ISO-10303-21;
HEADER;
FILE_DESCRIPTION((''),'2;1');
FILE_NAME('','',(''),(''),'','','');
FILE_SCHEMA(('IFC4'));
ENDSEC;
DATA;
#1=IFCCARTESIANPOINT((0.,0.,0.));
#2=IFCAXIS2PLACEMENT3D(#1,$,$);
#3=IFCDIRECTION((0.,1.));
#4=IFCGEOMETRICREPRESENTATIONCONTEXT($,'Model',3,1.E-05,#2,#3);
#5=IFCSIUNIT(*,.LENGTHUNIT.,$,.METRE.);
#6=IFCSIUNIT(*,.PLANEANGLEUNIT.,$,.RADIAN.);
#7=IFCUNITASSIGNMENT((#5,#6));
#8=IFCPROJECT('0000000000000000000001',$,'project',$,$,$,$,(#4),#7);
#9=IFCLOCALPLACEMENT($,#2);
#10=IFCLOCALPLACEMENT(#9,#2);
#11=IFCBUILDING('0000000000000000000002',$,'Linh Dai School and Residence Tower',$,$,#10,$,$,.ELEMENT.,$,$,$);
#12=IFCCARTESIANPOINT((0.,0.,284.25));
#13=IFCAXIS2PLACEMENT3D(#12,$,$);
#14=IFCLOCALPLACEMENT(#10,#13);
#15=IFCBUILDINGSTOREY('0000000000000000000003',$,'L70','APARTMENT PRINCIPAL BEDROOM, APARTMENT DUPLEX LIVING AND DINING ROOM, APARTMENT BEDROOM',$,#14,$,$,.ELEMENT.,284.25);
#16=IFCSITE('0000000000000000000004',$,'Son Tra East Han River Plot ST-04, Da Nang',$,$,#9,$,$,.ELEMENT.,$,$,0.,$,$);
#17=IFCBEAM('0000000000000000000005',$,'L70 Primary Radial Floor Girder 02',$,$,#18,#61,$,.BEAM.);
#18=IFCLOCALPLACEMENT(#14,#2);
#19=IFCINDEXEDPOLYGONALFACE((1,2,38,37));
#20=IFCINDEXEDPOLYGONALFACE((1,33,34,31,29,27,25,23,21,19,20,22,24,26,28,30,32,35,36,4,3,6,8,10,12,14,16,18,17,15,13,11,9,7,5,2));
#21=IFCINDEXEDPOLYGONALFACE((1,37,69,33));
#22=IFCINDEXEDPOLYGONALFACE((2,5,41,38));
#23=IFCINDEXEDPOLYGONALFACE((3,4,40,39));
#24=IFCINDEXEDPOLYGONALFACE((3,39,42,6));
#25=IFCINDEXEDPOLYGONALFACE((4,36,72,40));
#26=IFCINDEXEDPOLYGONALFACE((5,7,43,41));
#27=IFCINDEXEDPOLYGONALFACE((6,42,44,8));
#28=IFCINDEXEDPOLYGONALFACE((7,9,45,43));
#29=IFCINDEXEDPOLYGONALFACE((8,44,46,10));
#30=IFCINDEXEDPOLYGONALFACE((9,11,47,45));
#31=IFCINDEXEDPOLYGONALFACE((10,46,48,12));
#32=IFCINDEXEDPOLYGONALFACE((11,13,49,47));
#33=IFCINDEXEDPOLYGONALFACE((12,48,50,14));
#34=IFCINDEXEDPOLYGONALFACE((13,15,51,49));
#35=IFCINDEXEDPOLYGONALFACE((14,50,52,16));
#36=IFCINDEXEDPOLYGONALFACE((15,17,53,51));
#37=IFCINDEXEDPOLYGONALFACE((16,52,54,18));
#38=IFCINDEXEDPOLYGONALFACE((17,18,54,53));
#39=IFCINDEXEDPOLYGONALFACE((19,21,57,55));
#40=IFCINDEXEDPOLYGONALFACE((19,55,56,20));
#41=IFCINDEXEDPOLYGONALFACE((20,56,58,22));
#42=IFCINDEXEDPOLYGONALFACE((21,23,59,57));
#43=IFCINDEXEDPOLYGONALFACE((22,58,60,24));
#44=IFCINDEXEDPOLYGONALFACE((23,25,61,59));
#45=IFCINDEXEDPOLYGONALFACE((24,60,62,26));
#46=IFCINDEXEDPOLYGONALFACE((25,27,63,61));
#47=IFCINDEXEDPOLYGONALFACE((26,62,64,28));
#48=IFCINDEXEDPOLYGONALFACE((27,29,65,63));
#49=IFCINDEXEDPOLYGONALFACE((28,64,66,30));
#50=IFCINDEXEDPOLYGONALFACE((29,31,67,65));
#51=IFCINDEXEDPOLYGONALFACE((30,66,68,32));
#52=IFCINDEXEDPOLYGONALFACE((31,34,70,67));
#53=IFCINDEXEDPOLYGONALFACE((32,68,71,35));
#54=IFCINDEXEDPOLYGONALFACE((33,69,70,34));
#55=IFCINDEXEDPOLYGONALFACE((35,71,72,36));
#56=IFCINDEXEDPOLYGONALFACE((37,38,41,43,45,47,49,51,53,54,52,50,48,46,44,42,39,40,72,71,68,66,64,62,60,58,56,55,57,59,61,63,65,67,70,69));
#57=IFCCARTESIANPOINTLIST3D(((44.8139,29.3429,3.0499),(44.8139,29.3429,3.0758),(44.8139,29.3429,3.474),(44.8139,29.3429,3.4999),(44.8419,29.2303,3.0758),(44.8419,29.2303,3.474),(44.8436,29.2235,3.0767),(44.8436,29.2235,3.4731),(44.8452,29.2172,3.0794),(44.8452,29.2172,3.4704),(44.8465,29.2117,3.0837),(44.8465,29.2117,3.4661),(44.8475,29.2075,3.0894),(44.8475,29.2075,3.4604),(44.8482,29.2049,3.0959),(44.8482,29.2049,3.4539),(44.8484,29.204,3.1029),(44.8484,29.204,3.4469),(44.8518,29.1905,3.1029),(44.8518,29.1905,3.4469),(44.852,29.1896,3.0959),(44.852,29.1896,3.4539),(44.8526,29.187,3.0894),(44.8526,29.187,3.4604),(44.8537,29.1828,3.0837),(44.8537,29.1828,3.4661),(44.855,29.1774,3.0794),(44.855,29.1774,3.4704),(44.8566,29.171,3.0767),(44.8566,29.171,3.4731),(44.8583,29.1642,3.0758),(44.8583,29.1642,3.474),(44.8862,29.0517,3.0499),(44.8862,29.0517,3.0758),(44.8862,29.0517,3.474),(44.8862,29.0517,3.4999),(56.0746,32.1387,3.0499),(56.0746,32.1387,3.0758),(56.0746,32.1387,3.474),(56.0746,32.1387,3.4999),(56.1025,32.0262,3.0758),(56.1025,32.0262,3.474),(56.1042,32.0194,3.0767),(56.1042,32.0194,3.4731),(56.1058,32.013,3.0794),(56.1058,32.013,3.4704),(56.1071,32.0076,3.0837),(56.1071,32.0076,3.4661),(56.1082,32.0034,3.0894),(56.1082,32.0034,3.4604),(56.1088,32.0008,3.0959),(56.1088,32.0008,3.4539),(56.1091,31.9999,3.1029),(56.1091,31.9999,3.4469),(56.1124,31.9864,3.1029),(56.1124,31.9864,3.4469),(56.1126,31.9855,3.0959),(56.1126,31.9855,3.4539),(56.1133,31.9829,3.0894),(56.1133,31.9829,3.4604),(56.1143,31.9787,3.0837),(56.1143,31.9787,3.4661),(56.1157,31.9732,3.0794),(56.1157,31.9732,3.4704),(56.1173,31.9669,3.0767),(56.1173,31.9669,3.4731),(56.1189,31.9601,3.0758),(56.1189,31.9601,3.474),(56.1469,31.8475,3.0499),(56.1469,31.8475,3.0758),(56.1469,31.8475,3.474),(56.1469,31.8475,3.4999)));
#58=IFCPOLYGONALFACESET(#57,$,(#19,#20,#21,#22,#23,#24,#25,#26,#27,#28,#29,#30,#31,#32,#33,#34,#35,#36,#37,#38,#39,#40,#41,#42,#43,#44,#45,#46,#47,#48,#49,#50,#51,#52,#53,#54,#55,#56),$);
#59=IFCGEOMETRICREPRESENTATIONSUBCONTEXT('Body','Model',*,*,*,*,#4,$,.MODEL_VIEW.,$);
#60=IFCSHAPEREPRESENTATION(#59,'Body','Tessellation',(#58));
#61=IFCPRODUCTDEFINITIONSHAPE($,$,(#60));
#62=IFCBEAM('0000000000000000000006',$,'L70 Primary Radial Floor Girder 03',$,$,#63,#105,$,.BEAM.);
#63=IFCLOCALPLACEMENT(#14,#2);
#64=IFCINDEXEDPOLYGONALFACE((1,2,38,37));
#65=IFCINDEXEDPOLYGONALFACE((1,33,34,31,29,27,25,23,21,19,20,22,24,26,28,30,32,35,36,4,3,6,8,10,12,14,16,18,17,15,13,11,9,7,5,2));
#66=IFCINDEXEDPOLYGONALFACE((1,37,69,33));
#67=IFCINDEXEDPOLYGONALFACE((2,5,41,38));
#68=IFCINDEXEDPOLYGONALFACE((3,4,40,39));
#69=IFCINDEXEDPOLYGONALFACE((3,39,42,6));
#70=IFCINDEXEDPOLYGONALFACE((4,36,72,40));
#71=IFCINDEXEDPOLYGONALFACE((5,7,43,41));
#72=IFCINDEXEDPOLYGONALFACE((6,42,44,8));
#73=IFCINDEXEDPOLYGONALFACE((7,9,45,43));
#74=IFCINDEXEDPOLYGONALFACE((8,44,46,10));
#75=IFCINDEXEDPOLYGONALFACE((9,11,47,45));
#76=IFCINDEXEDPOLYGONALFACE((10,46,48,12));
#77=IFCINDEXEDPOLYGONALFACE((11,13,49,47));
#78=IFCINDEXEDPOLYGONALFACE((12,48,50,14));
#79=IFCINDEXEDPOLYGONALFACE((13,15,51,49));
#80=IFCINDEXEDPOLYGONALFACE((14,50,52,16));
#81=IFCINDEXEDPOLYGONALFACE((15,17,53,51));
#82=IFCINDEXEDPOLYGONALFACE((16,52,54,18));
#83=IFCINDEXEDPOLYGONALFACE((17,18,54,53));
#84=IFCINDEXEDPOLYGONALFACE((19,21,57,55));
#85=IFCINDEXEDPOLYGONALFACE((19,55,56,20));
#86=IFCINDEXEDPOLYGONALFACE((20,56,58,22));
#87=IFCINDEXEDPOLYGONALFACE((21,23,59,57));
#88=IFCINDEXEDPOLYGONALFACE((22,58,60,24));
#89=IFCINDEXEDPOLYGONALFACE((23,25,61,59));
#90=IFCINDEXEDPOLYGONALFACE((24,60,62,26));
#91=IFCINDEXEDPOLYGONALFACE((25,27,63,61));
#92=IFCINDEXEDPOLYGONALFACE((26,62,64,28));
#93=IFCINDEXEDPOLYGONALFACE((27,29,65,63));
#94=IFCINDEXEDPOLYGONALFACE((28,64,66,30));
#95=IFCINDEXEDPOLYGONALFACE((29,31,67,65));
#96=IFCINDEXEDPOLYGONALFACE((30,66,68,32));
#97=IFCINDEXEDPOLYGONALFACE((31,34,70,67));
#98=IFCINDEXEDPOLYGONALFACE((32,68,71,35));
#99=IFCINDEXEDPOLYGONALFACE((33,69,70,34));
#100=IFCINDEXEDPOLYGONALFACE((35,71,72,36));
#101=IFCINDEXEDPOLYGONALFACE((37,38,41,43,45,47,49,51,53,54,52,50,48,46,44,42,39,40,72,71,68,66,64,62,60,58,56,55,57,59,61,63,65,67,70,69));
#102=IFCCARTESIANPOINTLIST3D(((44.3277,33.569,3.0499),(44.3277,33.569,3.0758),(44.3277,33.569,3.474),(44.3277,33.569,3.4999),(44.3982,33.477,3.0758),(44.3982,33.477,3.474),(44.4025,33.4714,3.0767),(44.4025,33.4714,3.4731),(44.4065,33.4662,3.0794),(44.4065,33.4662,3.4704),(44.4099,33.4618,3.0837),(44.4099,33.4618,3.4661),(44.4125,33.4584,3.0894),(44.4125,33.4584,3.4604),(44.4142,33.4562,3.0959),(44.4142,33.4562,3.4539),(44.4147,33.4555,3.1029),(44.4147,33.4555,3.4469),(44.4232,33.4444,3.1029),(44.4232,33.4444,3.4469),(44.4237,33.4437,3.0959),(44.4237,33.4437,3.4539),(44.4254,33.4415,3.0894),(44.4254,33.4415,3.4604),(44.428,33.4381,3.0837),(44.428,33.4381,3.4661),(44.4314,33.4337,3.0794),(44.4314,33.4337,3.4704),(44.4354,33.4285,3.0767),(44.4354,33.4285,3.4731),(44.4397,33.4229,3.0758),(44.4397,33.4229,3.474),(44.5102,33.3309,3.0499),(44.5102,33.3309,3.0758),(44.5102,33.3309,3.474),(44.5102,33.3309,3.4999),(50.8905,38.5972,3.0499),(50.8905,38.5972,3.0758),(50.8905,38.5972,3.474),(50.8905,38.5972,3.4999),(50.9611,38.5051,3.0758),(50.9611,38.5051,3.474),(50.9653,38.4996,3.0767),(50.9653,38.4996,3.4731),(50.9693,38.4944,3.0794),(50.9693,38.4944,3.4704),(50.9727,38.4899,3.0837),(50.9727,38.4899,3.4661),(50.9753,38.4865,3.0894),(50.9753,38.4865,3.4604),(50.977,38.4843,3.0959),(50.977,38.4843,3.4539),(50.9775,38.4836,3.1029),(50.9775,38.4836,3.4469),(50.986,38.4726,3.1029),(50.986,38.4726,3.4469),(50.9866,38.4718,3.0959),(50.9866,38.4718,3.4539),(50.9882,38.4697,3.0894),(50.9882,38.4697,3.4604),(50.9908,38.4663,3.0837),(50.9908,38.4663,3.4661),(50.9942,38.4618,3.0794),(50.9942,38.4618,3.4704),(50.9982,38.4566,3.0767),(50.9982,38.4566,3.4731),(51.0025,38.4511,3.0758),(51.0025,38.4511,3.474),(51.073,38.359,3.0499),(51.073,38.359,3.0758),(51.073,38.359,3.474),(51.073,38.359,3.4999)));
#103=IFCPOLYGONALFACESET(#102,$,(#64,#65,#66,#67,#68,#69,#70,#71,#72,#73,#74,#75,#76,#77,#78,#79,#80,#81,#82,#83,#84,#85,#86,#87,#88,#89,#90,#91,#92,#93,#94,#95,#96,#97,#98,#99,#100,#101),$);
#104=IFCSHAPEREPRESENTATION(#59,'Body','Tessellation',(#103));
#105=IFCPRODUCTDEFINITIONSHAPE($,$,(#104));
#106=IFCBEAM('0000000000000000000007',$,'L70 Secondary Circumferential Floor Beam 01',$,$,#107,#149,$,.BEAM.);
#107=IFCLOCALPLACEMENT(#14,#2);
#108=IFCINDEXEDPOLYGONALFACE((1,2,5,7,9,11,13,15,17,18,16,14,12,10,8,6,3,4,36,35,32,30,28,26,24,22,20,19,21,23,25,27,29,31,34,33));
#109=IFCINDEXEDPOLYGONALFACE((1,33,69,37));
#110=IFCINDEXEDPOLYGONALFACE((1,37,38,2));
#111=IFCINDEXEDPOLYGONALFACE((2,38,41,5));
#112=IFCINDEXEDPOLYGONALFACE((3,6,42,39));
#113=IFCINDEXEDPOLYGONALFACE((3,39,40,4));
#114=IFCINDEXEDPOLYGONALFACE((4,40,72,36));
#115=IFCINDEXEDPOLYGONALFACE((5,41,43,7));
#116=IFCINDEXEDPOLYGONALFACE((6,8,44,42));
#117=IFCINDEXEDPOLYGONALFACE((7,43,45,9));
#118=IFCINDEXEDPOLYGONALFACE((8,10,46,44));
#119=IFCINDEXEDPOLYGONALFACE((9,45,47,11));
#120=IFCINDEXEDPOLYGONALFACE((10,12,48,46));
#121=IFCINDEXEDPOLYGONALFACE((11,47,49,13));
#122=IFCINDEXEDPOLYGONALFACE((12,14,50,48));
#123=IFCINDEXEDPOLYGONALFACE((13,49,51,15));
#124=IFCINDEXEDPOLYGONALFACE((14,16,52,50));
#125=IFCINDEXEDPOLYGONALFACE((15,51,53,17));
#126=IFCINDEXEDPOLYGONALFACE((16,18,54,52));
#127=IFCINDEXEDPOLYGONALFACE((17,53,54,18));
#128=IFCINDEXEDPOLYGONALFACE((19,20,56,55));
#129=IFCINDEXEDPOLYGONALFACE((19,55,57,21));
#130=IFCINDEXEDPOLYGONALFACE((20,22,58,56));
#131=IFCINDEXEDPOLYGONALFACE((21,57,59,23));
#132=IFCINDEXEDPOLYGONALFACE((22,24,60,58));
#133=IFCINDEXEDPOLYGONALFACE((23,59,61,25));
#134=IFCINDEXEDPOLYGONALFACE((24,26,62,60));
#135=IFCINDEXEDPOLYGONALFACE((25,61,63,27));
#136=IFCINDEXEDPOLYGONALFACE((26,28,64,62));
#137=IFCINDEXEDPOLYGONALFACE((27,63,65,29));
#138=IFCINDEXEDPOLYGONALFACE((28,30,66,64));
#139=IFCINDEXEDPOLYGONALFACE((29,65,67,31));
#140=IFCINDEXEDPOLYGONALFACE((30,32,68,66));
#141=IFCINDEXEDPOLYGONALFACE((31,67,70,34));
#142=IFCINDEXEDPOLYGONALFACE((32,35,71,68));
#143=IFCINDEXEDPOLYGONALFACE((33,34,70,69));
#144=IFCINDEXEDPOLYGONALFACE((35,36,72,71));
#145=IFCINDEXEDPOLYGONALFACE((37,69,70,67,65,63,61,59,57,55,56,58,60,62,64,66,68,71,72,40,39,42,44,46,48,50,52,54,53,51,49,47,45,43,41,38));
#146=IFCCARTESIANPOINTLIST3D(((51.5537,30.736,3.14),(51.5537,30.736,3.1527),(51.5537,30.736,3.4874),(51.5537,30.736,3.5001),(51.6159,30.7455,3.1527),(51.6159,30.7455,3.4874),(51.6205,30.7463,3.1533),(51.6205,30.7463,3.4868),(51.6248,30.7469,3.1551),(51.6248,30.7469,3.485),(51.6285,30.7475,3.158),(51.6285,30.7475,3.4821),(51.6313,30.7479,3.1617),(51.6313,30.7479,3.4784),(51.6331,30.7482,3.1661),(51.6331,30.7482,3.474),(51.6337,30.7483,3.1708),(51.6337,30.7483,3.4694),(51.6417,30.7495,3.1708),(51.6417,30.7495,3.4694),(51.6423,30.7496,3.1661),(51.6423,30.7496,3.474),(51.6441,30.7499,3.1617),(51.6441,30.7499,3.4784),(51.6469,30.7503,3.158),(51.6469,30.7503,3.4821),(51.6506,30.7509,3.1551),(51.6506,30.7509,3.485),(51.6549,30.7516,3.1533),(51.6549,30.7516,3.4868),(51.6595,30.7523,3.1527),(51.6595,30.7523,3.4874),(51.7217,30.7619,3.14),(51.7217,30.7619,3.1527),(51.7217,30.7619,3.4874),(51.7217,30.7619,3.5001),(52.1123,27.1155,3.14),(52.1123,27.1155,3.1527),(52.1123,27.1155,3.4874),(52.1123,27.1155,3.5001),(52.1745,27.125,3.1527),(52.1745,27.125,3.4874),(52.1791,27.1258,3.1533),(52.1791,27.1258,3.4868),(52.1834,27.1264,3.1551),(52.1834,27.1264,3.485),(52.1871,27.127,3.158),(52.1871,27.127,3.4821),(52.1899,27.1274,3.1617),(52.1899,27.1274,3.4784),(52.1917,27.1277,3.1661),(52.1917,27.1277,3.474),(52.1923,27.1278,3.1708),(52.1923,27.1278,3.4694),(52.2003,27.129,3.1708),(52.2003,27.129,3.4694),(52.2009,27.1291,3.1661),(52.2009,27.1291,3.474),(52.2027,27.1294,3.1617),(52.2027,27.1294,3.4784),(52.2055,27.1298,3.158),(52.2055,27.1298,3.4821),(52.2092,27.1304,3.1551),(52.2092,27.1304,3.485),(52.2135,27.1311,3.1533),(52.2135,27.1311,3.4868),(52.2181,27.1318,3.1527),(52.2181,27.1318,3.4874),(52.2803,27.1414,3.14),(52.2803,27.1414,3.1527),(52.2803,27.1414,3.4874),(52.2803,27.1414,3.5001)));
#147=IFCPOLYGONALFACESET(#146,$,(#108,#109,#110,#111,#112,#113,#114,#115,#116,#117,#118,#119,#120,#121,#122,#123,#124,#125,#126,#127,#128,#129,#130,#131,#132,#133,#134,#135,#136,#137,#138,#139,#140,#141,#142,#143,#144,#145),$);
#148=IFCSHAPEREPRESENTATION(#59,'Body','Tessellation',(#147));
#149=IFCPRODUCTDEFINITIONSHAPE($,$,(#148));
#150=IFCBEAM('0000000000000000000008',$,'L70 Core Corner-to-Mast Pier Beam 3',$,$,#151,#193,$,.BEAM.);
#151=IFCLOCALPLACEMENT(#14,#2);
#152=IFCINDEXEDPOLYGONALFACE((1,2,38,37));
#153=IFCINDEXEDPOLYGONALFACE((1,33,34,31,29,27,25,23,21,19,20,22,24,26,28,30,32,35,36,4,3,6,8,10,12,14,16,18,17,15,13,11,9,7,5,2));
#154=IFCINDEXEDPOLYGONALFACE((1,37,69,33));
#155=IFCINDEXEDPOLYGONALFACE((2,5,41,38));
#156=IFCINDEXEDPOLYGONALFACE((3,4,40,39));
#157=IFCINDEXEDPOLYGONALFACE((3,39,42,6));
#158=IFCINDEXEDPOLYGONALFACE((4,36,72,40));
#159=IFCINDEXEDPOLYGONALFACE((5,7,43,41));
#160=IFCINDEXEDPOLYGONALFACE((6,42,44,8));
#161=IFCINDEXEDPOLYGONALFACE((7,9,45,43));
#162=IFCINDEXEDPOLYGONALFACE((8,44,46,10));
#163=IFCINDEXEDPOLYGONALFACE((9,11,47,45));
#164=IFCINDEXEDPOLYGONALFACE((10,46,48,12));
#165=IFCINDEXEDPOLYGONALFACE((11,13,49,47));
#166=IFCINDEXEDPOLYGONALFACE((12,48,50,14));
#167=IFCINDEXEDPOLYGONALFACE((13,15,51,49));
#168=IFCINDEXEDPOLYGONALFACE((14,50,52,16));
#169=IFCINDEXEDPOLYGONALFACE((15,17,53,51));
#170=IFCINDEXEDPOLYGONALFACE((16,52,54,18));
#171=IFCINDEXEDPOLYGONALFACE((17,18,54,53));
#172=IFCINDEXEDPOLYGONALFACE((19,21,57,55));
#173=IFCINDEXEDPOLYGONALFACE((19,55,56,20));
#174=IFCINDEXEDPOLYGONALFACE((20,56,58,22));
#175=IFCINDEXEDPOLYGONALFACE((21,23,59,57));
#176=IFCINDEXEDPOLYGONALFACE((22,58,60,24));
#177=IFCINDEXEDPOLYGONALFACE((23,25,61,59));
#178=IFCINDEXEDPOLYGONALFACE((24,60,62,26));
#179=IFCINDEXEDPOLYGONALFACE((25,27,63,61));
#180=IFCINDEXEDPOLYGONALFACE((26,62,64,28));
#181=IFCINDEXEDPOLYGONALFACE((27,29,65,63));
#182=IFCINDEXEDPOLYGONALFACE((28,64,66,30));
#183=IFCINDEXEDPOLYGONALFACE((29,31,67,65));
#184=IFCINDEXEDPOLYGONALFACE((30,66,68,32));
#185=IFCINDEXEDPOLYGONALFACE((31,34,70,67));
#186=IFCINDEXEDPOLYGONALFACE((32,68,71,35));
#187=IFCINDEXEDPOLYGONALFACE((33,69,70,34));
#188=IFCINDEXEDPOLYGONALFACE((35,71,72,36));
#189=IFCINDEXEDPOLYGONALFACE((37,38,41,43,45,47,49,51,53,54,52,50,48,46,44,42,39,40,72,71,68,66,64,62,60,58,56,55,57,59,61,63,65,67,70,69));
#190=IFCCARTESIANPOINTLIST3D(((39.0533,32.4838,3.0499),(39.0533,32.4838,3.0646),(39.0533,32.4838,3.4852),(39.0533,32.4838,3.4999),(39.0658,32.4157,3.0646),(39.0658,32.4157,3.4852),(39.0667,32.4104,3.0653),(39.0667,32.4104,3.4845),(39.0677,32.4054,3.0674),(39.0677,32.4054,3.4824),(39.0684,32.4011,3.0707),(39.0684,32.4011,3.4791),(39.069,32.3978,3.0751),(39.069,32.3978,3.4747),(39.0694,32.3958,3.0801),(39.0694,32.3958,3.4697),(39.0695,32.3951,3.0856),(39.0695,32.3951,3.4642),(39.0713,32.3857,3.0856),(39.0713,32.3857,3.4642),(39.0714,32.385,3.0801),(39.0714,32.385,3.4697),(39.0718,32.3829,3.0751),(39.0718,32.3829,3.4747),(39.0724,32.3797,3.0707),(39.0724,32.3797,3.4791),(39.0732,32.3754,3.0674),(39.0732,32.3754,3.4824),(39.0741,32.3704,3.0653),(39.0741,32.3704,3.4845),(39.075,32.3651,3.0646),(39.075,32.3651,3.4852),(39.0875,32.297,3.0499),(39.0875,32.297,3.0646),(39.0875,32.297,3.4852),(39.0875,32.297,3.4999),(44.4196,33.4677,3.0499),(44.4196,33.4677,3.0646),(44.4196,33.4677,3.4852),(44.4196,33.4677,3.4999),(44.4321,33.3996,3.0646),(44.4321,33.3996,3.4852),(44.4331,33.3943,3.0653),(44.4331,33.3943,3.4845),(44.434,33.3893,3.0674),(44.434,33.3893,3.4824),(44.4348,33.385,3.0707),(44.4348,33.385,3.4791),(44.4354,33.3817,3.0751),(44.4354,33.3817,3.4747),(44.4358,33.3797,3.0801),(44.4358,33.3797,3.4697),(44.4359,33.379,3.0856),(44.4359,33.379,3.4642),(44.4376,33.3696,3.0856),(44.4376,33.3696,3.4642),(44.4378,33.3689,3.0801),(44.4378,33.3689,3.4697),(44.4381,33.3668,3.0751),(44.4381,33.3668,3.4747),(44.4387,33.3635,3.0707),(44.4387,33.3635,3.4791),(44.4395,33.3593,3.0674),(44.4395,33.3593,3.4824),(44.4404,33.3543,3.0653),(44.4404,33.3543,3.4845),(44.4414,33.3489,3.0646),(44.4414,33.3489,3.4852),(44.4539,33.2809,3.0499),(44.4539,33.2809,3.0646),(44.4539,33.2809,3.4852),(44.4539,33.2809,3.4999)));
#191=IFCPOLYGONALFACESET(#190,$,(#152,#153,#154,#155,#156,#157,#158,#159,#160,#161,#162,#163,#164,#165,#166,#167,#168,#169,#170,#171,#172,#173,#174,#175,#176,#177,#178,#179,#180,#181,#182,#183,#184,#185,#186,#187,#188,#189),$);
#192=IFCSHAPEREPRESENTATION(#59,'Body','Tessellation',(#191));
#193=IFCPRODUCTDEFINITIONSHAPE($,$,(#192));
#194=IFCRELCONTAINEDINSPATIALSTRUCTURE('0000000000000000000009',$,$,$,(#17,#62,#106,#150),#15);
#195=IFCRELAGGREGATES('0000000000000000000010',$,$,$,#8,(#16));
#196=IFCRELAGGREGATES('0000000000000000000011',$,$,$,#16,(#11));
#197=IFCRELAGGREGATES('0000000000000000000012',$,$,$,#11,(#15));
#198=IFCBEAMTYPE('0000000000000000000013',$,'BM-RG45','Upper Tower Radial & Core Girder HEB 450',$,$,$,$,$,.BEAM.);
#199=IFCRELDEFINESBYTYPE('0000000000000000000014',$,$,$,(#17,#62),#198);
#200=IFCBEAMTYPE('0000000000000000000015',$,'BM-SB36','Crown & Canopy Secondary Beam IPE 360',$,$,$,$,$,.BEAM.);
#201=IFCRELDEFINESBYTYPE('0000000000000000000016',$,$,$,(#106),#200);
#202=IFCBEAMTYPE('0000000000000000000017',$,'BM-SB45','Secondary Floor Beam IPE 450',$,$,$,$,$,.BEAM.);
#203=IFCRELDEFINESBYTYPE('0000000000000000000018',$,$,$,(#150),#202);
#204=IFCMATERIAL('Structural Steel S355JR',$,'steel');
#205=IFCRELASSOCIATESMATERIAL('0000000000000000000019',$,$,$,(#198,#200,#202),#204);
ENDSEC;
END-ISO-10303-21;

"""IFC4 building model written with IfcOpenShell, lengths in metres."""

from ifc_helpers import new_model, si_unit, direction, frame, origin, origin_2d, place, context, subcontext, project, spatial, i_section, extrude, material, material_profile, profile_set, type_object, element, save


model = new_model("IFC4")

# Units and contexts
model_context = context("Model", 3, precision=1e-05, world=origin(), true_north=direction((0.0, 1.0)))
body_context = subcontext(model_context, "Body", "Model", "MODEL_VIEW")
ifc_project = project(units=[si_unit("LENGTHUNIT", "METRE"), si_unit("PLANEANGLEUNIT", "RADIAN")], contexts=[model_context])

# Site, building, storey
site_placement = place(None, origin())
site = spatial("IfcSite", under=ifc_project, at=site_placement, Name="Son Tra East Han River Plot ST-04, Da Nang", CompositionType="ELEMENT", RefElevation=0.0)
building_placement = place(site_placement, origin())
building = spatial("IfcBuilding", under=site, at=building_placement, Name="Linh Dai School and Residence Tower", CompositionType="ELEMENT")
storey_placement = place(building_placement, frame((0.0, 0.0, 284.25)))
storey = spatial("IfcBuildingStorey", under=building, at=storey_placement, Name="L70", Description="APARTMENT PRINCIPAL BEDROOM, APARTMENT DUPLEX LIVING AND DINING ROOM, APARTMENT BEDROOM", CompositionType="ELEMENT", Elevation=284.25)

# Shared definitions
ifc_material_1 = material(Name="Structural Steel S355JR", Category="steel")

# Beams
ifc_material_profile_1 = material_profile(ifc_material_1, i_section(OverallWidth=0.3, OverallDepth=0.45, WebThickness=0.0139, FlangeThickness=0.0259, FilletRadius=0.0271, at=origin_2d()), Name="HEB 450")
ifc_profile_set_1 = profile_set([ifc_material_profile_1], Name="Structural Steel S355JR")
beam_type_1 = type_object("IfcBeamType", Name="BM-RG45", Description="Upper Tower Radial & Core Girder HEB 450", PredefinedType="BEAM", material=ifc_profile_set_1)
beam_1_placement = place(storey_placement, frame((44.8501, 29.1973, 3.2749), z_axis=(0.970532, 0.240971, 0.0), x_axis=(-0.240971, 0.970532, 0.0)))
element("IfcBeam", 1, at=beam_1_placement, inside=storey, type_object=beam_type_1, Name="L70 Primary Radial Floor Girder 02", PredefinedType="BEAM", context=body_context, shape_type="SweptSolid", body=[
    extrude(i_section(OverallWidth=0.3, OverallDepth=0.45, WebThickness=0.0139, FlangeThickness=0.0259, FilletRadius=0.0271, at=origin_2d()), origin(), (0.0, 0.0, 1.0), 11.6025),
])
beam_2_placement = place(storey_placement, frame((44.4189, 33.45, 3.2749), z_axis=(0.793803, 0.608175, 0.0), x_axis=(-0.608175, 0.793803, 0.0)))
element("IfcBeam", 2, at=beam_2_placement, inside=storey, type_object=beam_type_1, Name="L70 Primary Radial Floor Girder 03", PredefinedType="BEAM", context=body_context, shape_type="SweptSolid", body=[
    extrude(i_section(OverallWidth=0.3, OverallDepth=0.45, WebThickness=0.0139, FlangeThickness=0.0259, FilletRadius=0.0271, at=origin_2d()), origin(), (0.0, 0.0, 1.0), 8.2676),
])
ifc_material_profile_2 = material_profile(ifc_material_1, i_section(OverallWidth=0.1699, OverallDepth=0.3601, WebThickness=0.0081, FlangeThickness=0.0127, FilletRadius=0.0181, at=origin_2d()), Name="IPE 360")
ifc_profile_set_2 = profile_set([ifc_material_profile_2], Name="Structural Steel S355JR")
beam_type_2 = type_object("IfcBeamType", Name="BM-SB36", Description="Crown & Canopy Secondary Beam IPE 360", PredefinedType="BEAM", material=ifc_profile_set_2)
beam_3_placement = place(storey_placement, frame((52.1963, 27.1284, 3.3201), z_axis=(-0.152478, 0.988307, 0.0), x_axis=(-0.988307, -0.152478, 0.0)))
element("IfcBeam", 3, at=beam_3_placement, inside=storey, type_object=beam_type_2, Name="L70 Secondary Circumferential Floor Beam 01", PredefinedType="BEAM", context=body_context, shape_type="SweptSolid", body=[
    extrude(i_section(OverallWidth=0.1699, OverallDepth=0.3601, WebThickness=0.0081, FlangeThickness=0.0127, FilletRadius=0.0181, at=origin_2d()), origin(), (0.0, 0.0, 1.0), 3.6633),
])
ifc_material_profile_3 = material_profile(ifc_material_1, i_section(OverallWidth=0.1899, OverallDepth=0.45, WebThickness=0.0095, FlangeThickness=0.0146, FilletRadius=0.021, at=origin_2d()), Name="IPE 450")
ifc_profile_set_3 = profile_set([ifc_material_profile_3], Name="Structural Steel S355JR")
beam_type_3 = type_object("IfcBeamType", Name="BM-SB45", Description="Secondary Floor Beam IPE 450", PredefinedType="BEAM", material=ifc_profile_set_3)
beam_4_placement = place(storey_placement, frame((44.4368, 33.3743, 3.2749), z_axis=(-0.983605, -0.180334, 0.0), x_axis=(0.180334, -0.983605, 0.0)))
element("IfcBeam", 4, at=beam_4_placement, inside=storey, type_object=beam_type_3, Name="L70 Core Corner-to-Mast Pier Beam 3", PredefinedType="BEAM", context=body_context, shape_type="SweptSolid", body=[
    extrude(i_section(OverallWidth=0.1899, OverallDepth=0.45, WebThickness=0.0095, FlangeThickness=0.0146, FilletRadius=0.021, at=origin_2d()), origin(), (0.0, 0.0, 1.0), 5.4558),
])

save(model, "model.ifc")
